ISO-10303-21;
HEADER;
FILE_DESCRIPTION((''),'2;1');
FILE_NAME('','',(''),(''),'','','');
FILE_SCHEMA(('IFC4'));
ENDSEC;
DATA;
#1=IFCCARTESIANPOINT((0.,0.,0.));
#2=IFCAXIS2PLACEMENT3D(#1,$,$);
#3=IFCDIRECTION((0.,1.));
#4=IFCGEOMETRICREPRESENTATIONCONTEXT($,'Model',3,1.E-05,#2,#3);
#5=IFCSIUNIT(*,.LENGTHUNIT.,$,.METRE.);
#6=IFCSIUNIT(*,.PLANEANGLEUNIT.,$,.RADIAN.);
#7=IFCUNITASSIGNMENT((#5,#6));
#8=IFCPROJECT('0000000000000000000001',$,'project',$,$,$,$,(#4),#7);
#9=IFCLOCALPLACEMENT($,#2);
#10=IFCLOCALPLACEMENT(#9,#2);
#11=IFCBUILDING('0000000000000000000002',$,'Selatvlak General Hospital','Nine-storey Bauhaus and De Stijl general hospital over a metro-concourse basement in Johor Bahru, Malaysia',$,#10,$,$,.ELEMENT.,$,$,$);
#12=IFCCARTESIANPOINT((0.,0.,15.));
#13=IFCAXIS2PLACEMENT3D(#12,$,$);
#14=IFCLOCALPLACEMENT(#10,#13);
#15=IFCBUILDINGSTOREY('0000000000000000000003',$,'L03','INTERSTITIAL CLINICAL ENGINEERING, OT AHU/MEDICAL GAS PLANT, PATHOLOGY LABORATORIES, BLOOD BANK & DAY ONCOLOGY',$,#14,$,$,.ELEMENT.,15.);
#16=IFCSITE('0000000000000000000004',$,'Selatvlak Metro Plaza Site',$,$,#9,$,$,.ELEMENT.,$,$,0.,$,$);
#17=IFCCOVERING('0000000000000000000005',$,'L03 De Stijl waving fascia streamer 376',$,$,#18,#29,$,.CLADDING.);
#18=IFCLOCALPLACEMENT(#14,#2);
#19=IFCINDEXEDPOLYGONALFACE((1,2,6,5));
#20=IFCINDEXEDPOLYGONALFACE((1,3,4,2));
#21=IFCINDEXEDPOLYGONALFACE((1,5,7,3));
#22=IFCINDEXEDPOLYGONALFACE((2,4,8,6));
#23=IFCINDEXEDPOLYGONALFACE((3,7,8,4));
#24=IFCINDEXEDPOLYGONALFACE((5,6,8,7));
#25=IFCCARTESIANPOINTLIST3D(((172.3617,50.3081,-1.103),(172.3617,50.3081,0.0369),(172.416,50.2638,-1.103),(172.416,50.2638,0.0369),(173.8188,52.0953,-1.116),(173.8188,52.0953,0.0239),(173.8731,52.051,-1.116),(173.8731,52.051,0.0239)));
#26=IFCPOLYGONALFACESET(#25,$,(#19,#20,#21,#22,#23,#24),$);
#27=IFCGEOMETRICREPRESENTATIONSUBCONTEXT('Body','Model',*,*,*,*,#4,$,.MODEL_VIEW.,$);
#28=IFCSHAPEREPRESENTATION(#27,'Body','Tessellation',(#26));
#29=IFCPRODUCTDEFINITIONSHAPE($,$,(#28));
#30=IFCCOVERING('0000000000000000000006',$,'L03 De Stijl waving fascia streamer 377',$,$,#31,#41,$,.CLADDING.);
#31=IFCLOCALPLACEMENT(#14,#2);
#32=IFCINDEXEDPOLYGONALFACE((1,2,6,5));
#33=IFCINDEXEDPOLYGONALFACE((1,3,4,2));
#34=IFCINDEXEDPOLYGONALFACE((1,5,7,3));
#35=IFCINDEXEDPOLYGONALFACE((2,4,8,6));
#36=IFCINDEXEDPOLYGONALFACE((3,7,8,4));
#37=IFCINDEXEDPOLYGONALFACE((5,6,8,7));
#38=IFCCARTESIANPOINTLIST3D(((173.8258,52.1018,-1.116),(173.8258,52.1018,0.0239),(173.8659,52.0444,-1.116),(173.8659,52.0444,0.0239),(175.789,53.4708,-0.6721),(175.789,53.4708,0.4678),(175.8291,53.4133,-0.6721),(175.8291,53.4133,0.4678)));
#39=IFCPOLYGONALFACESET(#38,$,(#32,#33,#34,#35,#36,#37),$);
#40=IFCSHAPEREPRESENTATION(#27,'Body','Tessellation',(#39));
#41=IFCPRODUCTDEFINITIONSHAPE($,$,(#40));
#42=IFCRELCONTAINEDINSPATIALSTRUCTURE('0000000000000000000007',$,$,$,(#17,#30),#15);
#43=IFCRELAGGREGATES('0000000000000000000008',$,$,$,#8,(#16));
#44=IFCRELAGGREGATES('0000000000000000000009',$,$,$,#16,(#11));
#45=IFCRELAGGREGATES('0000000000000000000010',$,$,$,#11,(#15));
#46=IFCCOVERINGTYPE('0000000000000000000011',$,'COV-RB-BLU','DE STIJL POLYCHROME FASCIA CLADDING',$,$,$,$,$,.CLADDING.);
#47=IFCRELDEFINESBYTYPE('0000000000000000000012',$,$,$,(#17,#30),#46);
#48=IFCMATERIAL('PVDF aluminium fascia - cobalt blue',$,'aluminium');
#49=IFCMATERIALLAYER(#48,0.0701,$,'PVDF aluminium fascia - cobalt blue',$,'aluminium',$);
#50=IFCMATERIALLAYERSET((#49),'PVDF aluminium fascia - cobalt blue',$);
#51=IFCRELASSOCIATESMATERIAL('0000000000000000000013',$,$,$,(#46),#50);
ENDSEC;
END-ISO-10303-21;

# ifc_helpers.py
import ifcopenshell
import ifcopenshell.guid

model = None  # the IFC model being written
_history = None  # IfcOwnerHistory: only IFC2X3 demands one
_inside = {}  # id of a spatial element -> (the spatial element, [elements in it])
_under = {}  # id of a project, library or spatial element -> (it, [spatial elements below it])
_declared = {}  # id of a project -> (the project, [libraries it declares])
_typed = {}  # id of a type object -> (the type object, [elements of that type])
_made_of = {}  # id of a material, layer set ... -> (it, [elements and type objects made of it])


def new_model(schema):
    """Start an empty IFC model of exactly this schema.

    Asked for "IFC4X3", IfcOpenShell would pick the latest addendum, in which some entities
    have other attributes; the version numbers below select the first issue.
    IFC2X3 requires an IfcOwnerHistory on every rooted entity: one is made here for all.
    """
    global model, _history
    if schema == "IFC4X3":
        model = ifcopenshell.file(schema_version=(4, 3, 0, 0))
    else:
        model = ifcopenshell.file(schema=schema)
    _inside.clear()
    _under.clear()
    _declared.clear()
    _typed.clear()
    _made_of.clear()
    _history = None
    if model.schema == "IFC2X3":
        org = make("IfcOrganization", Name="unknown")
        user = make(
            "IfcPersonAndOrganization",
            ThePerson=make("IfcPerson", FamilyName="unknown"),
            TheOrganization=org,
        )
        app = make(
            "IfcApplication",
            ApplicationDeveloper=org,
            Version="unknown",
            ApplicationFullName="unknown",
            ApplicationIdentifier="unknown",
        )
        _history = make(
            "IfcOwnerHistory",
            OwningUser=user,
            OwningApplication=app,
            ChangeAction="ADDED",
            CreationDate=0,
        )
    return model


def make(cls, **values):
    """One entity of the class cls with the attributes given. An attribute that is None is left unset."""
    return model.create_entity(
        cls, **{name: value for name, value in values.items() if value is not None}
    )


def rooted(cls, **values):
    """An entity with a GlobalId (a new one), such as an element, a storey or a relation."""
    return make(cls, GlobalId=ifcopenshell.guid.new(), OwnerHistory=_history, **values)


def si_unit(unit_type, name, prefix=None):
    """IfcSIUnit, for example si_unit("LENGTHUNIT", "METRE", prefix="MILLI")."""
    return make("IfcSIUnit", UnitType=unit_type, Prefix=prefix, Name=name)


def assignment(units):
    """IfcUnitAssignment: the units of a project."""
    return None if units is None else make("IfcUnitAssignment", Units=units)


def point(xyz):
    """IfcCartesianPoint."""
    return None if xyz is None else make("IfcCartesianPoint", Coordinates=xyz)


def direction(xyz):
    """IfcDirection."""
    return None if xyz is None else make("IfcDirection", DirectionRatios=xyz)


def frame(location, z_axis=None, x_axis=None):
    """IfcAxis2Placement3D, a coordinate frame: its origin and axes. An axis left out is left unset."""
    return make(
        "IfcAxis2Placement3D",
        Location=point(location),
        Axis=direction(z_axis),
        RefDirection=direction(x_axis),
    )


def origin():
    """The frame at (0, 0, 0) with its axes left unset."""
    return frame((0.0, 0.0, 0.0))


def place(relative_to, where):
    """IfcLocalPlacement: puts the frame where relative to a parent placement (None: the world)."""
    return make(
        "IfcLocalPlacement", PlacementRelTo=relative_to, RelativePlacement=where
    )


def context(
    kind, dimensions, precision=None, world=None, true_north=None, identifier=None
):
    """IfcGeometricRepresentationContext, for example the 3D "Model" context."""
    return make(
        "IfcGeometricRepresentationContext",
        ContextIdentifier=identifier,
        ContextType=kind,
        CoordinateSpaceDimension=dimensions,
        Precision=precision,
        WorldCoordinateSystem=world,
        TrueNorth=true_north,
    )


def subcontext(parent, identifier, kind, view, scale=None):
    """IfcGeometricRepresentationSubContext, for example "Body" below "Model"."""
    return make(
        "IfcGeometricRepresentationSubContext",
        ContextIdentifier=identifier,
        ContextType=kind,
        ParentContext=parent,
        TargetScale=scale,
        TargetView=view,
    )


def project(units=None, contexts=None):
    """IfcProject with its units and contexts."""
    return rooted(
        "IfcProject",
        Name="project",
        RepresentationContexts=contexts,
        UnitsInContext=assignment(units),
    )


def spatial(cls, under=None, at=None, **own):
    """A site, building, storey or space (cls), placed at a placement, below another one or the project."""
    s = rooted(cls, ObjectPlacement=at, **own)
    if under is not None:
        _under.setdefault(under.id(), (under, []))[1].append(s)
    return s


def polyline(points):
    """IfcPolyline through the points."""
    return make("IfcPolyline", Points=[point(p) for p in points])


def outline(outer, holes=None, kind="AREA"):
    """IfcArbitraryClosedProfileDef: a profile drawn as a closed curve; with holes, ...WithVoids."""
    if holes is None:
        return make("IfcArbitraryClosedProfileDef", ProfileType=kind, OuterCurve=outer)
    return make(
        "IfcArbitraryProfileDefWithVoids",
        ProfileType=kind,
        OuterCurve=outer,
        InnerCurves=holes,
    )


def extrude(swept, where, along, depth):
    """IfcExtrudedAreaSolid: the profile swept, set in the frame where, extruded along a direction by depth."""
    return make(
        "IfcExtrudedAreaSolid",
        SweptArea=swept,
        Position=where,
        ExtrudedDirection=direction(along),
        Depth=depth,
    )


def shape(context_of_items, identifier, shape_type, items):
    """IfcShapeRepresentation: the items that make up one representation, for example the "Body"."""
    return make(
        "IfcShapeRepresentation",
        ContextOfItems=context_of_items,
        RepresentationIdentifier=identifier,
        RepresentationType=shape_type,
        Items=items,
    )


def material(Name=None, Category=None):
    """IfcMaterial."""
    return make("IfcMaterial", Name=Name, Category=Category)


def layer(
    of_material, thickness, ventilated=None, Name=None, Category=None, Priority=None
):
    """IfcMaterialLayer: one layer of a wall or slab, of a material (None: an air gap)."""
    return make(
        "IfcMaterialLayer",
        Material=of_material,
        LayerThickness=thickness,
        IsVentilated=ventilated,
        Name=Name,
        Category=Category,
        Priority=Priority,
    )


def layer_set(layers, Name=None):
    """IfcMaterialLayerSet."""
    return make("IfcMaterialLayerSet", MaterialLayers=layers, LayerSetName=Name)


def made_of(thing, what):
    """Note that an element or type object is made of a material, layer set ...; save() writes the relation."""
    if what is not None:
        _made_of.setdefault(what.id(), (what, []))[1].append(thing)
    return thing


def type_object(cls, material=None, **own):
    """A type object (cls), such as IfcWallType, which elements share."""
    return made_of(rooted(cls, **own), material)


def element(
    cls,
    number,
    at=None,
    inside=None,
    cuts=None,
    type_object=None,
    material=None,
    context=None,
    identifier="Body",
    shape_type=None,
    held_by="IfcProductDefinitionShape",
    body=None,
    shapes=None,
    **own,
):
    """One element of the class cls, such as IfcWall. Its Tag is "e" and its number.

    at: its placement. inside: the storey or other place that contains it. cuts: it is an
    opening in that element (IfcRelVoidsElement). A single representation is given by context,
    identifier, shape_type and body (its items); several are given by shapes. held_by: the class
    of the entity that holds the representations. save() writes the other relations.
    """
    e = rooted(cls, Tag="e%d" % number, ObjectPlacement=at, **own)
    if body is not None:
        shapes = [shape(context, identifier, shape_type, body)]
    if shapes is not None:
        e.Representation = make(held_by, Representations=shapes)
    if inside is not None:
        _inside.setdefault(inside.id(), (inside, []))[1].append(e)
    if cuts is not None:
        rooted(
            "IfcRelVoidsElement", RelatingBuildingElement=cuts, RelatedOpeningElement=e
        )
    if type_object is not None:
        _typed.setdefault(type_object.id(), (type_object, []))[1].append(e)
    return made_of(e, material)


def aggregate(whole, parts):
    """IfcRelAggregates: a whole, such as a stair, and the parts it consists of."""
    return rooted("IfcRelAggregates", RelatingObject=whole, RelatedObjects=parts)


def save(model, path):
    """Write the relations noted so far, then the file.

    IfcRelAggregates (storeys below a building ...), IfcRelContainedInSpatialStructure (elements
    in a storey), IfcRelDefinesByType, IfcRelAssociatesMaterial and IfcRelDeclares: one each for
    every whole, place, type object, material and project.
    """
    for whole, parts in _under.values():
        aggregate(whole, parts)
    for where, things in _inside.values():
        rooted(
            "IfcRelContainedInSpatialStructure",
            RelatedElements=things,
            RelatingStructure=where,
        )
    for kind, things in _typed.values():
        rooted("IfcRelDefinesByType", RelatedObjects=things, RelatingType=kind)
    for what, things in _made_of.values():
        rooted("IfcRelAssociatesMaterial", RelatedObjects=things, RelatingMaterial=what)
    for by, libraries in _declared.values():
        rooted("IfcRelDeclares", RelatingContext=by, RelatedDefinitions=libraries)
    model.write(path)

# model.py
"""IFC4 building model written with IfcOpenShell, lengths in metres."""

from ifc_helpers import new_model, si_unit, direction, frame, origin, place, context, subcontext, project, spatial, polyline, outline, extrude, material, layer, layer_set, type_object, element, save


model = new_model("IFC4")

# Units and contexts
model_context = context("Model", 3, precision=1e-05, world=origin(), true_north=direction((0.0, 1.0)))
body_context = subcontext(model_context, "Body", "Model", "MODEL_VIEW")
ifc_project = project(units=[si_unit("LENGTHUNIT", "METRE"), si_unit("PLANEANGLEUNIT", "RADIAN")], contexts=[model_context])

# Site, building, storey
site_placement = place(None, origin())
site = spatial("IfcSite", under=ifc_project, at=site_placement, Name="Selatvlak Metro Plaza Site", CompositionType="ELEMENT", RefElevation=0.0)
building_placement = place(site_placement, origin())
building = spatial("IfcBuilding", under=site, at=building_placement, Name="Selatvlak General Hospital", Description="Nine-storey Bauhaus and De Stijl general hospital over a metro-concourse basement in Johor Bahru, Malaysia", CompositionType="ELEMENT")
storey_placement = place(building_placement, frame((0.0, 0.0, 15.0)))
storey = spatial("IfcBuildingStorey", under=building, at=storey_placement, Name="L03", Description="INTERSTITIAL CLINICAL ENGINEERING, OT AHU/MEDICAL GAS PLANT, PATHOLOGY LABORATORIES, BLOOD BANK & DAY ONCOLOGY", CompositionType="ELEMENT", Elevation=15.0)

# Coverings
ifc_material_1 = material(Name="PVDF aluminium fascia - cobalt blue", Category="aluminium")
ifc_layer_1 = layer(ifc_material_1, 0.0701, Name="PVDF aluminium fascia - cobalt blue", Category="aluminium")
ifc_layer_set_1 = layer_set([ifc_layer_1], Name="PVDF aluminium fascia - cobalt blue")
covering_type = type_object("IfcCoveringType", Name="COV-RB-BLU", Description="DE STIJL POLYCHROME FASCIA CLADDING", PredefinedType="CLADDING", material=ifc_layer_set_1)
covering_1_placement = place(storey_placement, frame((172.3889, 50.2859, -1.103), z_axis=(0.0, 0.0, 1.0), x_axis=(0.631899, 0.775051, 0.0)))
element("IfcCovering", 1, at=covering_1_placement, inside=storey, type_object=covering_type, Name="L03 De Stijl waving fascia streamer 376", PredefinedType="CLADDING", context=body_context, shape_type="SweptSolid", body=[
    extrude(outline(polyline([(0.0, 0.0), (2.3059, -0.0129), (2.3059, 1.127), (0.0, 1.1399), (0.0, 0.0)])), frame((0.0, 0.0352, 0.0), z_axis=(0.0, -1.0, 0.0), x_axis=(1.0, 0.0, 0.0)), (0.0, 0.0, 1.0), 0.0701),
])
covering_2_placement = place(storey_placement, frame((173.8459, 52.073, -1.116), z_axis=(0.0, 0.0, 1.0), x_axis=(0.820271, 0.571976, 0.0)))
element("IfcCovering", 2, at=covering_2_placement, inside=storey, type_object=covering_type, Name="L03 De Stijl waving fascia streamer 377", PredefinedType="CLADDING", context=body_context, shape_type="SweptSolid", body=[
    extrude(outline(polyline([(0.0, 0.0), (2.3933, 0.4438), (2.3933, 1.5837), (0.0, 1.1399), (0.0, 0.0)])), frame((0.0, 0.0352, 0.0), z_axis=(0.0, -1.0, 0.0), x_axis=(1.0, 0.0, 0.0)), (0.0, 0.0, 1.0), 0.0701),
])

save(model, "model.ifc")
